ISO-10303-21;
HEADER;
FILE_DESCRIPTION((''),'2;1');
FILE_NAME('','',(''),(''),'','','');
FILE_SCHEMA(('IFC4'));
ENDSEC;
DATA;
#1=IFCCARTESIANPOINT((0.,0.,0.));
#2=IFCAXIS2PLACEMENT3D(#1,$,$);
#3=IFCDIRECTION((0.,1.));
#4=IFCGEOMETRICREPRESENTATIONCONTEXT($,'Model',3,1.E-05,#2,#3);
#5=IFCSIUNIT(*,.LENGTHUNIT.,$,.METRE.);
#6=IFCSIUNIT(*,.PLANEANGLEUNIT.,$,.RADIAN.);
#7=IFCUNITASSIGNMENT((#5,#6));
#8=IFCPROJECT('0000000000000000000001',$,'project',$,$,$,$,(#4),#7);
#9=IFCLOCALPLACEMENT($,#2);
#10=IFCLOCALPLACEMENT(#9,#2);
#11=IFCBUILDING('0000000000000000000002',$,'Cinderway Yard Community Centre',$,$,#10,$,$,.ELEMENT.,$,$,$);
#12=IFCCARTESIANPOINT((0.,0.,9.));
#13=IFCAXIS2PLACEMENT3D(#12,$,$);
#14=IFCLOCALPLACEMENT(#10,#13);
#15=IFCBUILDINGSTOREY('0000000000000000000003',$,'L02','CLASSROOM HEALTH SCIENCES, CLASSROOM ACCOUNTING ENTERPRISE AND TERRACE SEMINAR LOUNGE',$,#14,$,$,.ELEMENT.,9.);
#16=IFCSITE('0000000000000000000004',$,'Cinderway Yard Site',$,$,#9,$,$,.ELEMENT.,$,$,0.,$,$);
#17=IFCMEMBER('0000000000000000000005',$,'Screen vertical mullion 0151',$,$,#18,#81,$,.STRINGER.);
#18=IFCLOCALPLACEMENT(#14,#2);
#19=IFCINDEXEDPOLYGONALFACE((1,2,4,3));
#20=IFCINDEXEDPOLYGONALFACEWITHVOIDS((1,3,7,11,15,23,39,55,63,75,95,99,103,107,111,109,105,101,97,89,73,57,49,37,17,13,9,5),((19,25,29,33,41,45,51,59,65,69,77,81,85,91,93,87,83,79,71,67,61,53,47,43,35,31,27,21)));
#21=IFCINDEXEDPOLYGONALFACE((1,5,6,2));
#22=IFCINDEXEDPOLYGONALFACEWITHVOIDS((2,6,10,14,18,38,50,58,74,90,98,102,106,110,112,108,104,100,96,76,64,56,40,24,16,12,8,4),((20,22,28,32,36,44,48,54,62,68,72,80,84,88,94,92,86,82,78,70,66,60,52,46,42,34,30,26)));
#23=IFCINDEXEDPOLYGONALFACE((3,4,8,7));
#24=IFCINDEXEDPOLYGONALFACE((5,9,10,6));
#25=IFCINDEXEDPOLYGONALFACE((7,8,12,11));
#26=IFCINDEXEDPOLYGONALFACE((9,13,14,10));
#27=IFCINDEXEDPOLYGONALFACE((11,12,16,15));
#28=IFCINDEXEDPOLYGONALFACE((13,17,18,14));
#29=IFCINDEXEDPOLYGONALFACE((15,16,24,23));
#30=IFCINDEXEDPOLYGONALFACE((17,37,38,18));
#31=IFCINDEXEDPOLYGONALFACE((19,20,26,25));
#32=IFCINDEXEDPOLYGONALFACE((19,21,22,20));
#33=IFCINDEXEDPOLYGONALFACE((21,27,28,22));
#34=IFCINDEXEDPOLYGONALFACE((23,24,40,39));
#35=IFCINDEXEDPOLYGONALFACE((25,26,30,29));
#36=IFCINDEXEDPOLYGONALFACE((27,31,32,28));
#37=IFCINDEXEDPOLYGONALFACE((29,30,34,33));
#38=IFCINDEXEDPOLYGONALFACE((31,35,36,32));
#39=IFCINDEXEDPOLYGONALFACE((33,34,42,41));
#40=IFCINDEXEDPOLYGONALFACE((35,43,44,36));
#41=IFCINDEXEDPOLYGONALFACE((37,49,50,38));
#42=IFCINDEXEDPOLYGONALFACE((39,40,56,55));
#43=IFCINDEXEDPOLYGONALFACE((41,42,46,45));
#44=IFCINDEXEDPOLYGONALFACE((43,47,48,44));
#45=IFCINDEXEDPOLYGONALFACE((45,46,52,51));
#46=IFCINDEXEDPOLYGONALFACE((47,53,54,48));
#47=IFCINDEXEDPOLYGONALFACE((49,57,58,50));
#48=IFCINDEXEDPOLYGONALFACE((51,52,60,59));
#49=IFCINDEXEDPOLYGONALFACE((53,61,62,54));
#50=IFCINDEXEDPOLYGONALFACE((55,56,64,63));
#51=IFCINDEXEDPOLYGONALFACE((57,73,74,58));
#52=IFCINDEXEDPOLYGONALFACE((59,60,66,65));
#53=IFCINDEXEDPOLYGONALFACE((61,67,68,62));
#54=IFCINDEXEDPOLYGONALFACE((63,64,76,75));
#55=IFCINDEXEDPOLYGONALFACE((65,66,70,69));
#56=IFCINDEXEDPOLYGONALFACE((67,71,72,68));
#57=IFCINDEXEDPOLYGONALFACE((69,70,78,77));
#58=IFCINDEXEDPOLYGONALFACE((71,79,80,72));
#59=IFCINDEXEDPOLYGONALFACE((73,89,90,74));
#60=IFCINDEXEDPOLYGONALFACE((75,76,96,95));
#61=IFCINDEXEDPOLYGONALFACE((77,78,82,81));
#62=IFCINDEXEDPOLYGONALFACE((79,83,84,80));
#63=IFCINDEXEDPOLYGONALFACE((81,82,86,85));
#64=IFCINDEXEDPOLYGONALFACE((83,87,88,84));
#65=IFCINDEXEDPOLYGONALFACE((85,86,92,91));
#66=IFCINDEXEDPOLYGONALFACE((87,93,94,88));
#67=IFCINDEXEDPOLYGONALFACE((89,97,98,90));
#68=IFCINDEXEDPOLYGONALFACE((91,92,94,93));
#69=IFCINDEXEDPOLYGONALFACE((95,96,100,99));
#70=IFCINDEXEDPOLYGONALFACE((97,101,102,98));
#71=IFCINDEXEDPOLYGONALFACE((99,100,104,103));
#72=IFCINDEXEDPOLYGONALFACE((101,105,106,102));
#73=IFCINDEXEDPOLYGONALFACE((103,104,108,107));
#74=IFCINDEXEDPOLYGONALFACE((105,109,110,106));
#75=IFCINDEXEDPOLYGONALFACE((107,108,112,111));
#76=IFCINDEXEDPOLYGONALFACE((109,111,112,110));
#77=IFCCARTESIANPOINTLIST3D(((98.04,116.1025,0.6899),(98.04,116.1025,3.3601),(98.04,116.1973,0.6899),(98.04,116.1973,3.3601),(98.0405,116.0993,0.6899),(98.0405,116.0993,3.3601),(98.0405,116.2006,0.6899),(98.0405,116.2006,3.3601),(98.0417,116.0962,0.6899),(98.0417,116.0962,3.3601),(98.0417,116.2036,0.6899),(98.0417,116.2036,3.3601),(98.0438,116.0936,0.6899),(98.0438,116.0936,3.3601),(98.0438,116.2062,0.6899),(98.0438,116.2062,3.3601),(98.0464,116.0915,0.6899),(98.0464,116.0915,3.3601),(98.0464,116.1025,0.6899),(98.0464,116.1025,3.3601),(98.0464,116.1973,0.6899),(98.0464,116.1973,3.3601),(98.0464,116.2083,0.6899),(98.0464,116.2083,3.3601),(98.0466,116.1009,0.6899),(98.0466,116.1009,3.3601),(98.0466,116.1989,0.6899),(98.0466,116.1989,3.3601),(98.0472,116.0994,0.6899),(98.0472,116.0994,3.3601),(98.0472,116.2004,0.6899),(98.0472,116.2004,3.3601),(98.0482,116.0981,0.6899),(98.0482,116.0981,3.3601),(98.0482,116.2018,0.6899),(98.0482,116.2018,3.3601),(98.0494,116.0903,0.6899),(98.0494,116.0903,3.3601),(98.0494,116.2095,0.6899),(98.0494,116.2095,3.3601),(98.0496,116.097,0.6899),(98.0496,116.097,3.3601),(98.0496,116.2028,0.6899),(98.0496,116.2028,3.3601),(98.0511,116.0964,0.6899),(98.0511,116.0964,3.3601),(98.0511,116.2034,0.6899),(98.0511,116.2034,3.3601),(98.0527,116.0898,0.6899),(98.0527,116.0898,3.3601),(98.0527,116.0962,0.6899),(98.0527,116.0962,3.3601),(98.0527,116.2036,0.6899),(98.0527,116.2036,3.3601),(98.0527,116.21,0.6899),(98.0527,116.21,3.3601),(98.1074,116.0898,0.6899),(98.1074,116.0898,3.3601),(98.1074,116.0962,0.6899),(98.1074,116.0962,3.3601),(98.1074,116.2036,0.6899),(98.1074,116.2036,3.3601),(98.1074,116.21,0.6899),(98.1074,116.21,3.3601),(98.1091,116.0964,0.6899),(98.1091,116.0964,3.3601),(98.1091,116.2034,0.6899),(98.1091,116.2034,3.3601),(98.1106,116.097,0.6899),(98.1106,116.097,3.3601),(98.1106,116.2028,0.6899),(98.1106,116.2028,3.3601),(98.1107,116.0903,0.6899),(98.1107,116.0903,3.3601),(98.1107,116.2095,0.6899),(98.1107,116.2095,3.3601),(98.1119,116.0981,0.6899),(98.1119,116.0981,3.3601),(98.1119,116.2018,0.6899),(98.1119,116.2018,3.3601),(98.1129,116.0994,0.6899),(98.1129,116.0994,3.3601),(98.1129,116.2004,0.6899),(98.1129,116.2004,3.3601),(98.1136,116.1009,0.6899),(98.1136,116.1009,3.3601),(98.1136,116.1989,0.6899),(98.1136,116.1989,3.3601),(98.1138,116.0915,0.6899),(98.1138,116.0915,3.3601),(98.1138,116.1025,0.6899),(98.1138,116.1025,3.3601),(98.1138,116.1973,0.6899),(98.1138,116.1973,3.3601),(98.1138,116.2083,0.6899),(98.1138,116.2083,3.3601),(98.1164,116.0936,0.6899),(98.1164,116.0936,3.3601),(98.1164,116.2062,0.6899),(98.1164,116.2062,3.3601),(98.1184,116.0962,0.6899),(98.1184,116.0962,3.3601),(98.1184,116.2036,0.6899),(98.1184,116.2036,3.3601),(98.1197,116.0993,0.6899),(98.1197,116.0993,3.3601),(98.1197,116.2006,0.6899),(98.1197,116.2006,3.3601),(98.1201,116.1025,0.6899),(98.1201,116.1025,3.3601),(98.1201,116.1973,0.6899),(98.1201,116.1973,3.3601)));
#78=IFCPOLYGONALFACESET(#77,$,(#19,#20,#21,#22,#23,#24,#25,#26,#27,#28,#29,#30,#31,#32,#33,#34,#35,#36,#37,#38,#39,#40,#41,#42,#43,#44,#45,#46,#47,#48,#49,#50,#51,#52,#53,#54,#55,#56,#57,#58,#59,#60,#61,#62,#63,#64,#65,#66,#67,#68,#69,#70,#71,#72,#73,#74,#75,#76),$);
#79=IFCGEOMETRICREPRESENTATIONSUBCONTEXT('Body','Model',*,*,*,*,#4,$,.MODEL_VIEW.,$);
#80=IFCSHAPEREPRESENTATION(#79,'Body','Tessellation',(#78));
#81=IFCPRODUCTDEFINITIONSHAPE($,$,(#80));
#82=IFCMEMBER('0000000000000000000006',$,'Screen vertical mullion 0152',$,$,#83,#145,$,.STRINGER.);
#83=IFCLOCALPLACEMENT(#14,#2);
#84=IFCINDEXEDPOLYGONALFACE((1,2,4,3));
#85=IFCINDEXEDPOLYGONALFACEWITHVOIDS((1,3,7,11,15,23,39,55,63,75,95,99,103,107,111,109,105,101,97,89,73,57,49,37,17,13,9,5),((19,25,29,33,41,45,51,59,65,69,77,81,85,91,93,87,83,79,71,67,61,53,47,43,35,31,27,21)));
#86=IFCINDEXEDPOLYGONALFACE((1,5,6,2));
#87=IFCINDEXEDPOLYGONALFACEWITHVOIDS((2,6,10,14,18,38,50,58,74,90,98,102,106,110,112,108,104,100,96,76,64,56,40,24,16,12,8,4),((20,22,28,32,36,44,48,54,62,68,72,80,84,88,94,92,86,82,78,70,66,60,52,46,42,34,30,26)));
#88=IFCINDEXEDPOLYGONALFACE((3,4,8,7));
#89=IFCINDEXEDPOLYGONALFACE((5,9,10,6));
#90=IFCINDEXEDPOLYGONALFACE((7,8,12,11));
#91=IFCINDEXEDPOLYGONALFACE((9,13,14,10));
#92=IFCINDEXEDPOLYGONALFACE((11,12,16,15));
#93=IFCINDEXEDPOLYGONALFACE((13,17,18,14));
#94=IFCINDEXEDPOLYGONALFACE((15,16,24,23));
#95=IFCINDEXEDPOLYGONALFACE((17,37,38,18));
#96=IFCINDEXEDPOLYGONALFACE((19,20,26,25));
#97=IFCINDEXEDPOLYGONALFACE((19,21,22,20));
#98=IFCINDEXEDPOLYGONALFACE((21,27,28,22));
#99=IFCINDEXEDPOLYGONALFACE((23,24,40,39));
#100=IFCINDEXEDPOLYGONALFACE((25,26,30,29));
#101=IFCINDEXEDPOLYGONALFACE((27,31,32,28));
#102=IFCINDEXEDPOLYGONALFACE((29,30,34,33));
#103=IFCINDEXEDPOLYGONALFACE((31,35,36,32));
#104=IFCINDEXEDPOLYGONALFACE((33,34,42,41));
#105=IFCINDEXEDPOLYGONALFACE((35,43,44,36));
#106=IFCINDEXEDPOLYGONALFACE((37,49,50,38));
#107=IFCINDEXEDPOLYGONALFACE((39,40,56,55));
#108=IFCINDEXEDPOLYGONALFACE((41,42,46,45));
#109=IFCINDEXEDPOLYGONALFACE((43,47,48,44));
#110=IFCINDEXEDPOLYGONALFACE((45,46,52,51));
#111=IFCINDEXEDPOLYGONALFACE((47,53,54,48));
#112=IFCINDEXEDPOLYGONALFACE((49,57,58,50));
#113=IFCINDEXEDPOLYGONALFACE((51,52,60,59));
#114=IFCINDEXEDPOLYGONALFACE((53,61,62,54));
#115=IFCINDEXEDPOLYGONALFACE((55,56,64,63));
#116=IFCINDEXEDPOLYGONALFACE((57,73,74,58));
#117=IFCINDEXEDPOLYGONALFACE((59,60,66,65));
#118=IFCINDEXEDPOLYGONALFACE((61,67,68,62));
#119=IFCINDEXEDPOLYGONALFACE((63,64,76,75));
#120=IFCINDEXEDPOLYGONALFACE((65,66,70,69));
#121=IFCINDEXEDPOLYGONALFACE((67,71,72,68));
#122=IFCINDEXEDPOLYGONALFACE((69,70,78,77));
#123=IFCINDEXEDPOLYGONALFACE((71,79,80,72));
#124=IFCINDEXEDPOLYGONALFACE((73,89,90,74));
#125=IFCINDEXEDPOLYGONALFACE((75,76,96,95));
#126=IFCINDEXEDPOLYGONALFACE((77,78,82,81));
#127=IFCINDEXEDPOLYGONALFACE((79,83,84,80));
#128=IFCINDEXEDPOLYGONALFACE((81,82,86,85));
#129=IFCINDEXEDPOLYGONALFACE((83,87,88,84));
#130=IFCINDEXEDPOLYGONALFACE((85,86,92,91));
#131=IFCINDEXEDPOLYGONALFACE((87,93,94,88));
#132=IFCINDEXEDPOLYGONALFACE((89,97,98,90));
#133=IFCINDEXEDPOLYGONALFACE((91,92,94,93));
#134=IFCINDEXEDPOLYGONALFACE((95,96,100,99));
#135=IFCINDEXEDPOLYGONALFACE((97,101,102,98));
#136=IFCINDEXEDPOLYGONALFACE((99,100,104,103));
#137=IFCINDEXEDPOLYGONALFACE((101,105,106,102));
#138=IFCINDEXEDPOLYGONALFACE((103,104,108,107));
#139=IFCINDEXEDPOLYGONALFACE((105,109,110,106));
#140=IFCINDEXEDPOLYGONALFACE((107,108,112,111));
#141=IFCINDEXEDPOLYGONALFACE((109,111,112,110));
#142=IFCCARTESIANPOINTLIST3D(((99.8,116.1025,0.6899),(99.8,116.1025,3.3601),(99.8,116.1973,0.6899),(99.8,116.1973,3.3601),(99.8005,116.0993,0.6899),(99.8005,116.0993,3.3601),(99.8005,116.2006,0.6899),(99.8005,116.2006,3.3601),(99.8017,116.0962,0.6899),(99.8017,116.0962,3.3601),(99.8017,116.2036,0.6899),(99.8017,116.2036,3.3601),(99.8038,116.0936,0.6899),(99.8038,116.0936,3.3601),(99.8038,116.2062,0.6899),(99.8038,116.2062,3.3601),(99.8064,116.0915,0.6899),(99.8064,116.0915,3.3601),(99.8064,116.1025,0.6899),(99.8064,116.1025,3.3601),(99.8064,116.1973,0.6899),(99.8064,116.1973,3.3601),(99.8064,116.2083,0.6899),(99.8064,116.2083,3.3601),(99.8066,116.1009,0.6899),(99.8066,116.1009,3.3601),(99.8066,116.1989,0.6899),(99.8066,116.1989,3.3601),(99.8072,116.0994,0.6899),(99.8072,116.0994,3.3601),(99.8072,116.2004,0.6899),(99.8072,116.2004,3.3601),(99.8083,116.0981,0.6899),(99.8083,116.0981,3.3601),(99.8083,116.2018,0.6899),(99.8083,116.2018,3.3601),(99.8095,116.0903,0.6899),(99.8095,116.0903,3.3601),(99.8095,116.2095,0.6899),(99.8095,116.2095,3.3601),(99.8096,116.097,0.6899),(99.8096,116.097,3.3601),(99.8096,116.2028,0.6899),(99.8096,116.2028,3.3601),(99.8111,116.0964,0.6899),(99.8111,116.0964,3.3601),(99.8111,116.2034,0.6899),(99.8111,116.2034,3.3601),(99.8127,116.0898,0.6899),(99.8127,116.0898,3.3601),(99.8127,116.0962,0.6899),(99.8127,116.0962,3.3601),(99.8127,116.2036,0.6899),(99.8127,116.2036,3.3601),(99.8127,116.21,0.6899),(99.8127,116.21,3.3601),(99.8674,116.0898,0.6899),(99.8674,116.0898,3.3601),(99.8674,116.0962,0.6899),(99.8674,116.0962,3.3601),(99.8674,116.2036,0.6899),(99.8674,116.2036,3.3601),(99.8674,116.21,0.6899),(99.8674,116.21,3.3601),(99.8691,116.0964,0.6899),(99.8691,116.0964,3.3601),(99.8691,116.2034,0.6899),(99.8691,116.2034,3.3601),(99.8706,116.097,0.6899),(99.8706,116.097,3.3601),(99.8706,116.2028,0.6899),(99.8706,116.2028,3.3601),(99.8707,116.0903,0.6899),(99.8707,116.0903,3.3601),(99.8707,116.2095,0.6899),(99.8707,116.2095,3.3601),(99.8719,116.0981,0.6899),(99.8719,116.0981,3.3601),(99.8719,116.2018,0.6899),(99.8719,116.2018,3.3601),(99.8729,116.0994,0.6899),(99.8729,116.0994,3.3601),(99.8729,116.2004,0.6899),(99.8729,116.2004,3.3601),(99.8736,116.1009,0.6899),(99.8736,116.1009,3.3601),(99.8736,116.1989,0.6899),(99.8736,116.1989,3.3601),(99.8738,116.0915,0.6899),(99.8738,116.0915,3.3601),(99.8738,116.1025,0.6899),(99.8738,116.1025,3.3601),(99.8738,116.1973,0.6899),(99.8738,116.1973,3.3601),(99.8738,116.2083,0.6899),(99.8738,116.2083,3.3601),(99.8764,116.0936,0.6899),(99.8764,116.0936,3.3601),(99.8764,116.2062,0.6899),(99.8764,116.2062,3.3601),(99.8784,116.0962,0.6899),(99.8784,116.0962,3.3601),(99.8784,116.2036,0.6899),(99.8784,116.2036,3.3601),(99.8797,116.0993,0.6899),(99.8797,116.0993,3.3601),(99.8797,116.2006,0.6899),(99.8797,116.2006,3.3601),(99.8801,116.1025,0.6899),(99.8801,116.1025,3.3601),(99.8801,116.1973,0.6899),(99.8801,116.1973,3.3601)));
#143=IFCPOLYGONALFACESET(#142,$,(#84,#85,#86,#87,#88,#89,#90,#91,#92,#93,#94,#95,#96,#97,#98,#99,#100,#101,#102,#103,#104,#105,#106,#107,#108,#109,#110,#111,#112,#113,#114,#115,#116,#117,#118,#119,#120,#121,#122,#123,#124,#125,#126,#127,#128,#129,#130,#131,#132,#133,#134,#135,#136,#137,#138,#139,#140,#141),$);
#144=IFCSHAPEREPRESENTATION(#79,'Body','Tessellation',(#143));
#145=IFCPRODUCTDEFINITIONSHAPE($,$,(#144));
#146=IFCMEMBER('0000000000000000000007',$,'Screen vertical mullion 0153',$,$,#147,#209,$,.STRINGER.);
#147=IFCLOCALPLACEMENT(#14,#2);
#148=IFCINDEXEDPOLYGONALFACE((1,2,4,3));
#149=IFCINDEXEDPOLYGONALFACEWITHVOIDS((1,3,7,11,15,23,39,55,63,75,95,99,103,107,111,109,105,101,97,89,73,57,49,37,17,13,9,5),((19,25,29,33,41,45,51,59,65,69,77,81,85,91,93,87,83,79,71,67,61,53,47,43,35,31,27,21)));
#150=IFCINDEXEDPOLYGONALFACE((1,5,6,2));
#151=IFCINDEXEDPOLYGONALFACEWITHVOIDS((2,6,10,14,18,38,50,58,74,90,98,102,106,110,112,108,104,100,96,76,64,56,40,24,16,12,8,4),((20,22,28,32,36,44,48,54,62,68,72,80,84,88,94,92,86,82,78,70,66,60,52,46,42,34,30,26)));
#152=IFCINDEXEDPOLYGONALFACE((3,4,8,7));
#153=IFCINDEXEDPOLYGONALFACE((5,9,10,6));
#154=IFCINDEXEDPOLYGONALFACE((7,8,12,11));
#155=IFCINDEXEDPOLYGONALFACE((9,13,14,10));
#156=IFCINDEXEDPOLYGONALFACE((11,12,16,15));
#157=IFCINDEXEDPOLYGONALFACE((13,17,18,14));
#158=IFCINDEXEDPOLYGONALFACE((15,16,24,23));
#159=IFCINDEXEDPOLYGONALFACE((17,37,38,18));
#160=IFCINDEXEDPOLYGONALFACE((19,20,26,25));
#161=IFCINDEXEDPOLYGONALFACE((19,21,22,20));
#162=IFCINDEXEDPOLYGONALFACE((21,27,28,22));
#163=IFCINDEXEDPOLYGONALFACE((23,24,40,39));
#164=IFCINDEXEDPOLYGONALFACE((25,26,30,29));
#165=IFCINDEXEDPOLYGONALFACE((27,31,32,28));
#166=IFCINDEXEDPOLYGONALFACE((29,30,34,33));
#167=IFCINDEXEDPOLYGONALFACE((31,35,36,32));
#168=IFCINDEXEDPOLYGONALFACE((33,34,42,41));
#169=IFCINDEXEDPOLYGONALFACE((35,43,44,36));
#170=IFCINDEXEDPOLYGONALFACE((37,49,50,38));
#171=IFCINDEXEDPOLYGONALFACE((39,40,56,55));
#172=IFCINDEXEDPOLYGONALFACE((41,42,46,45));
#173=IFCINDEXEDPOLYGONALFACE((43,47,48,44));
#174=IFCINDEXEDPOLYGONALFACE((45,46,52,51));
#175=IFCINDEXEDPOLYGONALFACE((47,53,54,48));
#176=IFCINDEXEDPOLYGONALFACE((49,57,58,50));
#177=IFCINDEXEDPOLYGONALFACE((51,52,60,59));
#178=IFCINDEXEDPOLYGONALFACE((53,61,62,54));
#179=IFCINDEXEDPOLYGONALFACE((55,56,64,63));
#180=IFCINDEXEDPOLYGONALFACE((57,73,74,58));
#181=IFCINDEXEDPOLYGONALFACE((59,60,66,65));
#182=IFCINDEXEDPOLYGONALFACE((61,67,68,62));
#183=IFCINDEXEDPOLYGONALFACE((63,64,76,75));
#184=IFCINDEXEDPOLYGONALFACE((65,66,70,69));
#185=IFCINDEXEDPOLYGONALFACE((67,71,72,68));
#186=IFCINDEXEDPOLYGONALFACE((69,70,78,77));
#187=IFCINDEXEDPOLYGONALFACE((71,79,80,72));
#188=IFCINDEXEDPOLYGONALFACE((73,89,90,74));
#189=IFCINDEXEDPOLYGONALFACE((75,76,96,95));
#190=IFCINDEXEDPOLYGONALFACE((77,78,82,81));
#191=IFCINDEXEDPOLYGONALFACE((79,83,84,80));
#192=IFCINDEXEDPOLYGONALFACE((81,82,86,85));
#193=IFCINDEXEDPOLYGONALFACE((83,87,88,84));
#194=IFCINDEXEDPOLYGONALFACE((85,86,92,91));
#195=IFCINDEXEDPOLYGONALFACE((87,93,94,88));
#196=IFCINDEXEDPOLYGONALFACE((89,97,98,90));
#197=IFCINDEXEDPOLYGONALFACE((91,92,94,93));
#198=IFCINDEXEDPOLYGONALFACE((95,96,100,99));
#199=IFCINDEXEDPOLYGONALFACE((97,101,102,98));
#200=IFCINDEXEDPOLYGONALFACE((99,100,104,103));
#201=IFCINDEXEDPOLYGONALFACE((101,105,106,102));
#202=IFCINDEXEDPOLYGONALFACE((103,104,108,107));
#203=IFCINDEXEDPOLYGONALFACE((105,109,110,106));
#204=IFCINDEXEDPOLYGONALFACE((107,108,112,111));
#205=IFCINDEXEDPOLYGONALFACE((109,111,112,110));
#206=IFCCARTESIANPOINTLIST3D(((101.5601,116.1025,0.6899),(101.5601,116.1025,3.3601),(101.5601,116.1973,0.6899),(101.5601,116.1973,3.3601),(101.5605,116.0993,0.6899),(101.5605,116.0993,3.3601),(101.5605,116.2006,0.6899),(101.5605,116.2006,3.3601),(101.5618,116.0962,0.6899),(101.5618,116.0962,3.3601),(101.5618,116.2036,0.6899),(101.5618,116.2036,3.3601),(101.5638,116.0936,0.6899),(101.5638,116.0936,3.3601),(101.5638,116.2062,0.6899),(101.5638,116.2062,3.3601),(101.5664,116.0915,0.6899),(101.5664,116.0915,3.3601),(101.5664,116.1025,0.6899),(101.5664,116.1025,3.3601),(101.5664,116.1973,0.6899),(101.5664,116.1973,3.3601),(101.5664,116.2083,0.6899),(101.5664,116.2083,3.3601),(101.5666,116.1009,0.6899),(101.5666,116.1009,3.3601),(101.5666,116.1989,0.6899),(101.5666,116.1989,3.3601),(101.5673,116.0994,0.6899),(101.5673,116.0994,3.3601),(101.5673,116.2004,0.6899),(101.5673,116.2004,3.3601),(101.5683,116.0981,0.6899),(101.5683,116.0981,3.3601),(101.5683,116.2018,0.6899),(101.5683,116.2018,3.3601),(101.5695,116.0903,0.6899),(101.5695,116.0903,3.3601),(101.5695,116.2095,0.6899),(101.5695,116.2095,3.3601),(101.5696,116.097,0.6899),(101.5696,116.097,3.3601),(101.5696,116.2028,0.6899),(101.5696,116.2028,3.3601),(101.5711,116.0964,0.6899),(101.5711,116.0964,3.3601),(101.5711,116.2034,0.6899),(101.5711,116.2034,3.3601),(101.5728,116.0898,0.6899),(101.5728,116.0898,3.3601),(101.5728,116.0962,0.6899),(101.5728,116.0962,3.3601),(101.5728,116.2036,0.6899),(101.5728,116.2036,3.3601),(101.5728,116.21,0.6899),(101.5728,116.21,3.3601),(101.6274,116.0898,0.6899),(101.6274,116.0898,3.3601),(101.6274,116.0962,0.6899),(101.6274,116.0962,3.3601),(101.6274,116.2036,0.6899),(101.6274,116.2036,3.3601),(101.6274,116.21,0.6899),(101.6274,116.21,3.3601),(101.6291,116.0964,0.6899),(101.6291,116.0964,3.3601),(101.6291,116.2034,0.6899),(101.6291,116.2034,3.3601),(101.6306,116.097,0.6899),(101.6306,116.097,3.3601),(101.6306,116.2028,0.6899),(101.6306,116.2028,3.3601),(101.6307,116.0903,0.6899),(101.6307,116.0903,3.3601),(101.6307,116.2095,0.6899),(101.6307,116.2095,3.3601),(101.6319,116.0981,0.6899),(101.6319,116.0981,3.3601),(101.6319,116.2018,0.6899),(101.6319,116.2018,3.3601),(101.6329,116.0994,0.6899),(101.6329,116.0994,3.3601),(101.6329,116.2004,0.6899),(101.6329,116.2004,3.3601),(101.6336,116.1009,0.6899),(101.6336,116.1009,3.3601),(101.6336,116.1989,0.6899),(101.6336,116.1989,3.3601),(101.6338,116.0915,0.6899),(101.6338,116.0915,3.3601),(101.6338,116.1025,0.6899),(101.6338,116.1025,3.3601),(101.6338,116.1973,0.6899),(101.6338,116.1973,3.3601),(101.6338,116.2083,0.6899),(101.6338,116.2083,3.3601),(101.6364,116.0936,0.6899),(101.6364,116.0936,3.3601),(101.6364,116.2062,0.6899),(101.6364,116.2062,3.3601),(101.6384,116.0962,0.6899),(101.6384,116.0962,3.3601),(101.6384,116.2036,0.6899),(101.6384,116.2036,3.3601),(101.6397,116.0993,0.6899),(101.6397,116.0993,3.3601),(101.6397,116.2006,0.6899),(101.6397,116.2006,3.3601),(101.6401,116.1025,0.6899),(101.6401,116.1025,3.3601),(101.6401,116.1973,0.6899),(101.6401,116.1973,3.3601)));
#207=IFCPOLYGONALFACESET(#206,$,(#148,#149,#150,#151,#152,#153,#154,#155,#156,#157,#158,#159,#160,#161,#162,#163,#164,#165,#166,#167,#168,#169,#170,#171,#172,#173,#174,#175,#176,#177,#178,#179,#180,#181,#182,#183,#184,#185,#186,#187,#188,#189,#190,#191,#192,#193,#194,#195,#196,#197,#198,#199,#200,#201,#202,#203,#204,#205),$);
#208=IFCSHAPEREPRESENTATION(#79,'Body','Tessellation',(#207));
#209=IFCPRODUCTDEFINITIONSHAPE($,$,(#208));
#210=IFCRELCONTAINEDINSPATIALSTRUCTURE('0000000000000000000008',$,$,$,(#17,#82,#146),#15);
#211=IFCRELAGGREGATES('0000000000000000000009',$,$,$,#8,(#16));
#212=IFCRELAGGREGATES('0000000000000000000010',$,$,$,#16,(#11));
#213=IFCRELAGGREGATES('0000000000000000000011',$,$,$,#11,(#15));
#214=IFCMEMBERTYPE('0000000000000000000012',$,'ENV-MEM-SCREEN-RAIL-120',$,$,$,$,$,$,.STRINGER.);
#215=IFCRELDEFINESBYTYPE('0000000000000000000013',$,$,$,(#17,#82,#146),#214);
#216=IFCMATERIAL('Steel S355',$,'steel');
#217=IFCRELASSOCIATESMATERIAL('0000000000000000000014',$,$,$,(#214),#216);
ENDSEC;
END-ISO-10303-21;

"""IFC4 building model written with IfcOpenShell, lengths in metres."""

from ifc_helpers import new_model, si_unit, direction, frame, origin, origin_2d, place, context, subcontext, project, spatial, hollow_rectangle, extrude, material, material_profile, profile_set, type_object, element, save


model = new_model("IFC4")

# Units and contexts
model_context = context("Model", 3, precision=1e-05, world=origin(), true_north=direction((0.0, 1.0)))
body_context = subcontext(model_context, "Body", "Model", "MODEL_VIEW")
ifc_project = project(units=[si_unit("LENGTHUNIT", "METRE"), si_unit("PLANEANGLEUNIT", "RADIAN")], contexts=[model_context])

# Site, building, storey
site_placement = place(None, origin())
site = spatial("IfcSite", under=ifc_project, at=site_placement, Name="Cinderway Yard Site", CompositionType="ELEMENT", RefElevation=0.0)
building_placement = place(site_placement, origin())
building = spatial("IfcBuilding", under=site, at=building_placement, Name="Cinderway Yard Community Centre", CompositionType="ELEMENT")
storey_placement = place(building_placement, frame((0.0, 0.0, 9.0)))
storey = spatial("IfcBuildingStorey", under=building, at=storey_placement, Name="L02", Description="CLASSROOM HEALTH SCIENCES, CLASSROOM ACCOUNTING ENTERPRISE AND TERRACE SEMINAR LOUNGE", CompositionType="ELEMENT", Elevation=9.0)

# Members
ifc_material_1 = material(Name="Steel S355", Category="steel")
ifc_material_profile = material_profile(ifc_material_1, hollow_rectangle(XDim=0.0801, YDim=0.1201, WallThickness=0.0063, InnerFilletRadius=0.0063, OuterFilletRadius=0.0127, at=origin_2d()), Name="Steel S355")
ifc_profile_set = profile_set([ifc_material_profile], Name="Steel S355")
member_type = type_object("IfcMemberType", Name="ENV-MEM-SCREEN-RAIL-120", PredefinedType="STRINGER", material=ifc_profile_set)
for number, where, z_axis, x_axis, name in (
    (1, (98.0801, 116.1499, 0.6899), (0.0, 0.0, 1.0), (1.0, 0.0, 0.0), "Screen vertical mullion 0151"),
    (2, (99.8401, 116.1499, 0.6899), (0.0, 0.0, 1.0), (1.0, 0.0, 0.0), "Screen vertical mullion 0152"),
    (3, (101.6001, 116.1499, 0.6899), (0.0, 0.0, 1.0), (1.0, 0.0, 0.0), "Screen vertical mullion 0153"),
):
    element("IfcMember", number, at=place(storey_placement, frame(where, z_axis=z_axis, x_axis=x_axis)), inside=storey, type_object=member_type, Name=name, PredefinedType="STRINGER", context=body_context, shape_type="SweptSolid", body=[
        extrude(hollow_rectangle(XDim=0.0801, YDim=0.1201, WallThickness=0.0063, InnerFilletRadius=0.0063, OuterFilletRadius=0.0127, at=origin_2d()), origin(), (0.0, 0.0, 1.0), 2.6702),
    ])

save(model, "model.ifc")
